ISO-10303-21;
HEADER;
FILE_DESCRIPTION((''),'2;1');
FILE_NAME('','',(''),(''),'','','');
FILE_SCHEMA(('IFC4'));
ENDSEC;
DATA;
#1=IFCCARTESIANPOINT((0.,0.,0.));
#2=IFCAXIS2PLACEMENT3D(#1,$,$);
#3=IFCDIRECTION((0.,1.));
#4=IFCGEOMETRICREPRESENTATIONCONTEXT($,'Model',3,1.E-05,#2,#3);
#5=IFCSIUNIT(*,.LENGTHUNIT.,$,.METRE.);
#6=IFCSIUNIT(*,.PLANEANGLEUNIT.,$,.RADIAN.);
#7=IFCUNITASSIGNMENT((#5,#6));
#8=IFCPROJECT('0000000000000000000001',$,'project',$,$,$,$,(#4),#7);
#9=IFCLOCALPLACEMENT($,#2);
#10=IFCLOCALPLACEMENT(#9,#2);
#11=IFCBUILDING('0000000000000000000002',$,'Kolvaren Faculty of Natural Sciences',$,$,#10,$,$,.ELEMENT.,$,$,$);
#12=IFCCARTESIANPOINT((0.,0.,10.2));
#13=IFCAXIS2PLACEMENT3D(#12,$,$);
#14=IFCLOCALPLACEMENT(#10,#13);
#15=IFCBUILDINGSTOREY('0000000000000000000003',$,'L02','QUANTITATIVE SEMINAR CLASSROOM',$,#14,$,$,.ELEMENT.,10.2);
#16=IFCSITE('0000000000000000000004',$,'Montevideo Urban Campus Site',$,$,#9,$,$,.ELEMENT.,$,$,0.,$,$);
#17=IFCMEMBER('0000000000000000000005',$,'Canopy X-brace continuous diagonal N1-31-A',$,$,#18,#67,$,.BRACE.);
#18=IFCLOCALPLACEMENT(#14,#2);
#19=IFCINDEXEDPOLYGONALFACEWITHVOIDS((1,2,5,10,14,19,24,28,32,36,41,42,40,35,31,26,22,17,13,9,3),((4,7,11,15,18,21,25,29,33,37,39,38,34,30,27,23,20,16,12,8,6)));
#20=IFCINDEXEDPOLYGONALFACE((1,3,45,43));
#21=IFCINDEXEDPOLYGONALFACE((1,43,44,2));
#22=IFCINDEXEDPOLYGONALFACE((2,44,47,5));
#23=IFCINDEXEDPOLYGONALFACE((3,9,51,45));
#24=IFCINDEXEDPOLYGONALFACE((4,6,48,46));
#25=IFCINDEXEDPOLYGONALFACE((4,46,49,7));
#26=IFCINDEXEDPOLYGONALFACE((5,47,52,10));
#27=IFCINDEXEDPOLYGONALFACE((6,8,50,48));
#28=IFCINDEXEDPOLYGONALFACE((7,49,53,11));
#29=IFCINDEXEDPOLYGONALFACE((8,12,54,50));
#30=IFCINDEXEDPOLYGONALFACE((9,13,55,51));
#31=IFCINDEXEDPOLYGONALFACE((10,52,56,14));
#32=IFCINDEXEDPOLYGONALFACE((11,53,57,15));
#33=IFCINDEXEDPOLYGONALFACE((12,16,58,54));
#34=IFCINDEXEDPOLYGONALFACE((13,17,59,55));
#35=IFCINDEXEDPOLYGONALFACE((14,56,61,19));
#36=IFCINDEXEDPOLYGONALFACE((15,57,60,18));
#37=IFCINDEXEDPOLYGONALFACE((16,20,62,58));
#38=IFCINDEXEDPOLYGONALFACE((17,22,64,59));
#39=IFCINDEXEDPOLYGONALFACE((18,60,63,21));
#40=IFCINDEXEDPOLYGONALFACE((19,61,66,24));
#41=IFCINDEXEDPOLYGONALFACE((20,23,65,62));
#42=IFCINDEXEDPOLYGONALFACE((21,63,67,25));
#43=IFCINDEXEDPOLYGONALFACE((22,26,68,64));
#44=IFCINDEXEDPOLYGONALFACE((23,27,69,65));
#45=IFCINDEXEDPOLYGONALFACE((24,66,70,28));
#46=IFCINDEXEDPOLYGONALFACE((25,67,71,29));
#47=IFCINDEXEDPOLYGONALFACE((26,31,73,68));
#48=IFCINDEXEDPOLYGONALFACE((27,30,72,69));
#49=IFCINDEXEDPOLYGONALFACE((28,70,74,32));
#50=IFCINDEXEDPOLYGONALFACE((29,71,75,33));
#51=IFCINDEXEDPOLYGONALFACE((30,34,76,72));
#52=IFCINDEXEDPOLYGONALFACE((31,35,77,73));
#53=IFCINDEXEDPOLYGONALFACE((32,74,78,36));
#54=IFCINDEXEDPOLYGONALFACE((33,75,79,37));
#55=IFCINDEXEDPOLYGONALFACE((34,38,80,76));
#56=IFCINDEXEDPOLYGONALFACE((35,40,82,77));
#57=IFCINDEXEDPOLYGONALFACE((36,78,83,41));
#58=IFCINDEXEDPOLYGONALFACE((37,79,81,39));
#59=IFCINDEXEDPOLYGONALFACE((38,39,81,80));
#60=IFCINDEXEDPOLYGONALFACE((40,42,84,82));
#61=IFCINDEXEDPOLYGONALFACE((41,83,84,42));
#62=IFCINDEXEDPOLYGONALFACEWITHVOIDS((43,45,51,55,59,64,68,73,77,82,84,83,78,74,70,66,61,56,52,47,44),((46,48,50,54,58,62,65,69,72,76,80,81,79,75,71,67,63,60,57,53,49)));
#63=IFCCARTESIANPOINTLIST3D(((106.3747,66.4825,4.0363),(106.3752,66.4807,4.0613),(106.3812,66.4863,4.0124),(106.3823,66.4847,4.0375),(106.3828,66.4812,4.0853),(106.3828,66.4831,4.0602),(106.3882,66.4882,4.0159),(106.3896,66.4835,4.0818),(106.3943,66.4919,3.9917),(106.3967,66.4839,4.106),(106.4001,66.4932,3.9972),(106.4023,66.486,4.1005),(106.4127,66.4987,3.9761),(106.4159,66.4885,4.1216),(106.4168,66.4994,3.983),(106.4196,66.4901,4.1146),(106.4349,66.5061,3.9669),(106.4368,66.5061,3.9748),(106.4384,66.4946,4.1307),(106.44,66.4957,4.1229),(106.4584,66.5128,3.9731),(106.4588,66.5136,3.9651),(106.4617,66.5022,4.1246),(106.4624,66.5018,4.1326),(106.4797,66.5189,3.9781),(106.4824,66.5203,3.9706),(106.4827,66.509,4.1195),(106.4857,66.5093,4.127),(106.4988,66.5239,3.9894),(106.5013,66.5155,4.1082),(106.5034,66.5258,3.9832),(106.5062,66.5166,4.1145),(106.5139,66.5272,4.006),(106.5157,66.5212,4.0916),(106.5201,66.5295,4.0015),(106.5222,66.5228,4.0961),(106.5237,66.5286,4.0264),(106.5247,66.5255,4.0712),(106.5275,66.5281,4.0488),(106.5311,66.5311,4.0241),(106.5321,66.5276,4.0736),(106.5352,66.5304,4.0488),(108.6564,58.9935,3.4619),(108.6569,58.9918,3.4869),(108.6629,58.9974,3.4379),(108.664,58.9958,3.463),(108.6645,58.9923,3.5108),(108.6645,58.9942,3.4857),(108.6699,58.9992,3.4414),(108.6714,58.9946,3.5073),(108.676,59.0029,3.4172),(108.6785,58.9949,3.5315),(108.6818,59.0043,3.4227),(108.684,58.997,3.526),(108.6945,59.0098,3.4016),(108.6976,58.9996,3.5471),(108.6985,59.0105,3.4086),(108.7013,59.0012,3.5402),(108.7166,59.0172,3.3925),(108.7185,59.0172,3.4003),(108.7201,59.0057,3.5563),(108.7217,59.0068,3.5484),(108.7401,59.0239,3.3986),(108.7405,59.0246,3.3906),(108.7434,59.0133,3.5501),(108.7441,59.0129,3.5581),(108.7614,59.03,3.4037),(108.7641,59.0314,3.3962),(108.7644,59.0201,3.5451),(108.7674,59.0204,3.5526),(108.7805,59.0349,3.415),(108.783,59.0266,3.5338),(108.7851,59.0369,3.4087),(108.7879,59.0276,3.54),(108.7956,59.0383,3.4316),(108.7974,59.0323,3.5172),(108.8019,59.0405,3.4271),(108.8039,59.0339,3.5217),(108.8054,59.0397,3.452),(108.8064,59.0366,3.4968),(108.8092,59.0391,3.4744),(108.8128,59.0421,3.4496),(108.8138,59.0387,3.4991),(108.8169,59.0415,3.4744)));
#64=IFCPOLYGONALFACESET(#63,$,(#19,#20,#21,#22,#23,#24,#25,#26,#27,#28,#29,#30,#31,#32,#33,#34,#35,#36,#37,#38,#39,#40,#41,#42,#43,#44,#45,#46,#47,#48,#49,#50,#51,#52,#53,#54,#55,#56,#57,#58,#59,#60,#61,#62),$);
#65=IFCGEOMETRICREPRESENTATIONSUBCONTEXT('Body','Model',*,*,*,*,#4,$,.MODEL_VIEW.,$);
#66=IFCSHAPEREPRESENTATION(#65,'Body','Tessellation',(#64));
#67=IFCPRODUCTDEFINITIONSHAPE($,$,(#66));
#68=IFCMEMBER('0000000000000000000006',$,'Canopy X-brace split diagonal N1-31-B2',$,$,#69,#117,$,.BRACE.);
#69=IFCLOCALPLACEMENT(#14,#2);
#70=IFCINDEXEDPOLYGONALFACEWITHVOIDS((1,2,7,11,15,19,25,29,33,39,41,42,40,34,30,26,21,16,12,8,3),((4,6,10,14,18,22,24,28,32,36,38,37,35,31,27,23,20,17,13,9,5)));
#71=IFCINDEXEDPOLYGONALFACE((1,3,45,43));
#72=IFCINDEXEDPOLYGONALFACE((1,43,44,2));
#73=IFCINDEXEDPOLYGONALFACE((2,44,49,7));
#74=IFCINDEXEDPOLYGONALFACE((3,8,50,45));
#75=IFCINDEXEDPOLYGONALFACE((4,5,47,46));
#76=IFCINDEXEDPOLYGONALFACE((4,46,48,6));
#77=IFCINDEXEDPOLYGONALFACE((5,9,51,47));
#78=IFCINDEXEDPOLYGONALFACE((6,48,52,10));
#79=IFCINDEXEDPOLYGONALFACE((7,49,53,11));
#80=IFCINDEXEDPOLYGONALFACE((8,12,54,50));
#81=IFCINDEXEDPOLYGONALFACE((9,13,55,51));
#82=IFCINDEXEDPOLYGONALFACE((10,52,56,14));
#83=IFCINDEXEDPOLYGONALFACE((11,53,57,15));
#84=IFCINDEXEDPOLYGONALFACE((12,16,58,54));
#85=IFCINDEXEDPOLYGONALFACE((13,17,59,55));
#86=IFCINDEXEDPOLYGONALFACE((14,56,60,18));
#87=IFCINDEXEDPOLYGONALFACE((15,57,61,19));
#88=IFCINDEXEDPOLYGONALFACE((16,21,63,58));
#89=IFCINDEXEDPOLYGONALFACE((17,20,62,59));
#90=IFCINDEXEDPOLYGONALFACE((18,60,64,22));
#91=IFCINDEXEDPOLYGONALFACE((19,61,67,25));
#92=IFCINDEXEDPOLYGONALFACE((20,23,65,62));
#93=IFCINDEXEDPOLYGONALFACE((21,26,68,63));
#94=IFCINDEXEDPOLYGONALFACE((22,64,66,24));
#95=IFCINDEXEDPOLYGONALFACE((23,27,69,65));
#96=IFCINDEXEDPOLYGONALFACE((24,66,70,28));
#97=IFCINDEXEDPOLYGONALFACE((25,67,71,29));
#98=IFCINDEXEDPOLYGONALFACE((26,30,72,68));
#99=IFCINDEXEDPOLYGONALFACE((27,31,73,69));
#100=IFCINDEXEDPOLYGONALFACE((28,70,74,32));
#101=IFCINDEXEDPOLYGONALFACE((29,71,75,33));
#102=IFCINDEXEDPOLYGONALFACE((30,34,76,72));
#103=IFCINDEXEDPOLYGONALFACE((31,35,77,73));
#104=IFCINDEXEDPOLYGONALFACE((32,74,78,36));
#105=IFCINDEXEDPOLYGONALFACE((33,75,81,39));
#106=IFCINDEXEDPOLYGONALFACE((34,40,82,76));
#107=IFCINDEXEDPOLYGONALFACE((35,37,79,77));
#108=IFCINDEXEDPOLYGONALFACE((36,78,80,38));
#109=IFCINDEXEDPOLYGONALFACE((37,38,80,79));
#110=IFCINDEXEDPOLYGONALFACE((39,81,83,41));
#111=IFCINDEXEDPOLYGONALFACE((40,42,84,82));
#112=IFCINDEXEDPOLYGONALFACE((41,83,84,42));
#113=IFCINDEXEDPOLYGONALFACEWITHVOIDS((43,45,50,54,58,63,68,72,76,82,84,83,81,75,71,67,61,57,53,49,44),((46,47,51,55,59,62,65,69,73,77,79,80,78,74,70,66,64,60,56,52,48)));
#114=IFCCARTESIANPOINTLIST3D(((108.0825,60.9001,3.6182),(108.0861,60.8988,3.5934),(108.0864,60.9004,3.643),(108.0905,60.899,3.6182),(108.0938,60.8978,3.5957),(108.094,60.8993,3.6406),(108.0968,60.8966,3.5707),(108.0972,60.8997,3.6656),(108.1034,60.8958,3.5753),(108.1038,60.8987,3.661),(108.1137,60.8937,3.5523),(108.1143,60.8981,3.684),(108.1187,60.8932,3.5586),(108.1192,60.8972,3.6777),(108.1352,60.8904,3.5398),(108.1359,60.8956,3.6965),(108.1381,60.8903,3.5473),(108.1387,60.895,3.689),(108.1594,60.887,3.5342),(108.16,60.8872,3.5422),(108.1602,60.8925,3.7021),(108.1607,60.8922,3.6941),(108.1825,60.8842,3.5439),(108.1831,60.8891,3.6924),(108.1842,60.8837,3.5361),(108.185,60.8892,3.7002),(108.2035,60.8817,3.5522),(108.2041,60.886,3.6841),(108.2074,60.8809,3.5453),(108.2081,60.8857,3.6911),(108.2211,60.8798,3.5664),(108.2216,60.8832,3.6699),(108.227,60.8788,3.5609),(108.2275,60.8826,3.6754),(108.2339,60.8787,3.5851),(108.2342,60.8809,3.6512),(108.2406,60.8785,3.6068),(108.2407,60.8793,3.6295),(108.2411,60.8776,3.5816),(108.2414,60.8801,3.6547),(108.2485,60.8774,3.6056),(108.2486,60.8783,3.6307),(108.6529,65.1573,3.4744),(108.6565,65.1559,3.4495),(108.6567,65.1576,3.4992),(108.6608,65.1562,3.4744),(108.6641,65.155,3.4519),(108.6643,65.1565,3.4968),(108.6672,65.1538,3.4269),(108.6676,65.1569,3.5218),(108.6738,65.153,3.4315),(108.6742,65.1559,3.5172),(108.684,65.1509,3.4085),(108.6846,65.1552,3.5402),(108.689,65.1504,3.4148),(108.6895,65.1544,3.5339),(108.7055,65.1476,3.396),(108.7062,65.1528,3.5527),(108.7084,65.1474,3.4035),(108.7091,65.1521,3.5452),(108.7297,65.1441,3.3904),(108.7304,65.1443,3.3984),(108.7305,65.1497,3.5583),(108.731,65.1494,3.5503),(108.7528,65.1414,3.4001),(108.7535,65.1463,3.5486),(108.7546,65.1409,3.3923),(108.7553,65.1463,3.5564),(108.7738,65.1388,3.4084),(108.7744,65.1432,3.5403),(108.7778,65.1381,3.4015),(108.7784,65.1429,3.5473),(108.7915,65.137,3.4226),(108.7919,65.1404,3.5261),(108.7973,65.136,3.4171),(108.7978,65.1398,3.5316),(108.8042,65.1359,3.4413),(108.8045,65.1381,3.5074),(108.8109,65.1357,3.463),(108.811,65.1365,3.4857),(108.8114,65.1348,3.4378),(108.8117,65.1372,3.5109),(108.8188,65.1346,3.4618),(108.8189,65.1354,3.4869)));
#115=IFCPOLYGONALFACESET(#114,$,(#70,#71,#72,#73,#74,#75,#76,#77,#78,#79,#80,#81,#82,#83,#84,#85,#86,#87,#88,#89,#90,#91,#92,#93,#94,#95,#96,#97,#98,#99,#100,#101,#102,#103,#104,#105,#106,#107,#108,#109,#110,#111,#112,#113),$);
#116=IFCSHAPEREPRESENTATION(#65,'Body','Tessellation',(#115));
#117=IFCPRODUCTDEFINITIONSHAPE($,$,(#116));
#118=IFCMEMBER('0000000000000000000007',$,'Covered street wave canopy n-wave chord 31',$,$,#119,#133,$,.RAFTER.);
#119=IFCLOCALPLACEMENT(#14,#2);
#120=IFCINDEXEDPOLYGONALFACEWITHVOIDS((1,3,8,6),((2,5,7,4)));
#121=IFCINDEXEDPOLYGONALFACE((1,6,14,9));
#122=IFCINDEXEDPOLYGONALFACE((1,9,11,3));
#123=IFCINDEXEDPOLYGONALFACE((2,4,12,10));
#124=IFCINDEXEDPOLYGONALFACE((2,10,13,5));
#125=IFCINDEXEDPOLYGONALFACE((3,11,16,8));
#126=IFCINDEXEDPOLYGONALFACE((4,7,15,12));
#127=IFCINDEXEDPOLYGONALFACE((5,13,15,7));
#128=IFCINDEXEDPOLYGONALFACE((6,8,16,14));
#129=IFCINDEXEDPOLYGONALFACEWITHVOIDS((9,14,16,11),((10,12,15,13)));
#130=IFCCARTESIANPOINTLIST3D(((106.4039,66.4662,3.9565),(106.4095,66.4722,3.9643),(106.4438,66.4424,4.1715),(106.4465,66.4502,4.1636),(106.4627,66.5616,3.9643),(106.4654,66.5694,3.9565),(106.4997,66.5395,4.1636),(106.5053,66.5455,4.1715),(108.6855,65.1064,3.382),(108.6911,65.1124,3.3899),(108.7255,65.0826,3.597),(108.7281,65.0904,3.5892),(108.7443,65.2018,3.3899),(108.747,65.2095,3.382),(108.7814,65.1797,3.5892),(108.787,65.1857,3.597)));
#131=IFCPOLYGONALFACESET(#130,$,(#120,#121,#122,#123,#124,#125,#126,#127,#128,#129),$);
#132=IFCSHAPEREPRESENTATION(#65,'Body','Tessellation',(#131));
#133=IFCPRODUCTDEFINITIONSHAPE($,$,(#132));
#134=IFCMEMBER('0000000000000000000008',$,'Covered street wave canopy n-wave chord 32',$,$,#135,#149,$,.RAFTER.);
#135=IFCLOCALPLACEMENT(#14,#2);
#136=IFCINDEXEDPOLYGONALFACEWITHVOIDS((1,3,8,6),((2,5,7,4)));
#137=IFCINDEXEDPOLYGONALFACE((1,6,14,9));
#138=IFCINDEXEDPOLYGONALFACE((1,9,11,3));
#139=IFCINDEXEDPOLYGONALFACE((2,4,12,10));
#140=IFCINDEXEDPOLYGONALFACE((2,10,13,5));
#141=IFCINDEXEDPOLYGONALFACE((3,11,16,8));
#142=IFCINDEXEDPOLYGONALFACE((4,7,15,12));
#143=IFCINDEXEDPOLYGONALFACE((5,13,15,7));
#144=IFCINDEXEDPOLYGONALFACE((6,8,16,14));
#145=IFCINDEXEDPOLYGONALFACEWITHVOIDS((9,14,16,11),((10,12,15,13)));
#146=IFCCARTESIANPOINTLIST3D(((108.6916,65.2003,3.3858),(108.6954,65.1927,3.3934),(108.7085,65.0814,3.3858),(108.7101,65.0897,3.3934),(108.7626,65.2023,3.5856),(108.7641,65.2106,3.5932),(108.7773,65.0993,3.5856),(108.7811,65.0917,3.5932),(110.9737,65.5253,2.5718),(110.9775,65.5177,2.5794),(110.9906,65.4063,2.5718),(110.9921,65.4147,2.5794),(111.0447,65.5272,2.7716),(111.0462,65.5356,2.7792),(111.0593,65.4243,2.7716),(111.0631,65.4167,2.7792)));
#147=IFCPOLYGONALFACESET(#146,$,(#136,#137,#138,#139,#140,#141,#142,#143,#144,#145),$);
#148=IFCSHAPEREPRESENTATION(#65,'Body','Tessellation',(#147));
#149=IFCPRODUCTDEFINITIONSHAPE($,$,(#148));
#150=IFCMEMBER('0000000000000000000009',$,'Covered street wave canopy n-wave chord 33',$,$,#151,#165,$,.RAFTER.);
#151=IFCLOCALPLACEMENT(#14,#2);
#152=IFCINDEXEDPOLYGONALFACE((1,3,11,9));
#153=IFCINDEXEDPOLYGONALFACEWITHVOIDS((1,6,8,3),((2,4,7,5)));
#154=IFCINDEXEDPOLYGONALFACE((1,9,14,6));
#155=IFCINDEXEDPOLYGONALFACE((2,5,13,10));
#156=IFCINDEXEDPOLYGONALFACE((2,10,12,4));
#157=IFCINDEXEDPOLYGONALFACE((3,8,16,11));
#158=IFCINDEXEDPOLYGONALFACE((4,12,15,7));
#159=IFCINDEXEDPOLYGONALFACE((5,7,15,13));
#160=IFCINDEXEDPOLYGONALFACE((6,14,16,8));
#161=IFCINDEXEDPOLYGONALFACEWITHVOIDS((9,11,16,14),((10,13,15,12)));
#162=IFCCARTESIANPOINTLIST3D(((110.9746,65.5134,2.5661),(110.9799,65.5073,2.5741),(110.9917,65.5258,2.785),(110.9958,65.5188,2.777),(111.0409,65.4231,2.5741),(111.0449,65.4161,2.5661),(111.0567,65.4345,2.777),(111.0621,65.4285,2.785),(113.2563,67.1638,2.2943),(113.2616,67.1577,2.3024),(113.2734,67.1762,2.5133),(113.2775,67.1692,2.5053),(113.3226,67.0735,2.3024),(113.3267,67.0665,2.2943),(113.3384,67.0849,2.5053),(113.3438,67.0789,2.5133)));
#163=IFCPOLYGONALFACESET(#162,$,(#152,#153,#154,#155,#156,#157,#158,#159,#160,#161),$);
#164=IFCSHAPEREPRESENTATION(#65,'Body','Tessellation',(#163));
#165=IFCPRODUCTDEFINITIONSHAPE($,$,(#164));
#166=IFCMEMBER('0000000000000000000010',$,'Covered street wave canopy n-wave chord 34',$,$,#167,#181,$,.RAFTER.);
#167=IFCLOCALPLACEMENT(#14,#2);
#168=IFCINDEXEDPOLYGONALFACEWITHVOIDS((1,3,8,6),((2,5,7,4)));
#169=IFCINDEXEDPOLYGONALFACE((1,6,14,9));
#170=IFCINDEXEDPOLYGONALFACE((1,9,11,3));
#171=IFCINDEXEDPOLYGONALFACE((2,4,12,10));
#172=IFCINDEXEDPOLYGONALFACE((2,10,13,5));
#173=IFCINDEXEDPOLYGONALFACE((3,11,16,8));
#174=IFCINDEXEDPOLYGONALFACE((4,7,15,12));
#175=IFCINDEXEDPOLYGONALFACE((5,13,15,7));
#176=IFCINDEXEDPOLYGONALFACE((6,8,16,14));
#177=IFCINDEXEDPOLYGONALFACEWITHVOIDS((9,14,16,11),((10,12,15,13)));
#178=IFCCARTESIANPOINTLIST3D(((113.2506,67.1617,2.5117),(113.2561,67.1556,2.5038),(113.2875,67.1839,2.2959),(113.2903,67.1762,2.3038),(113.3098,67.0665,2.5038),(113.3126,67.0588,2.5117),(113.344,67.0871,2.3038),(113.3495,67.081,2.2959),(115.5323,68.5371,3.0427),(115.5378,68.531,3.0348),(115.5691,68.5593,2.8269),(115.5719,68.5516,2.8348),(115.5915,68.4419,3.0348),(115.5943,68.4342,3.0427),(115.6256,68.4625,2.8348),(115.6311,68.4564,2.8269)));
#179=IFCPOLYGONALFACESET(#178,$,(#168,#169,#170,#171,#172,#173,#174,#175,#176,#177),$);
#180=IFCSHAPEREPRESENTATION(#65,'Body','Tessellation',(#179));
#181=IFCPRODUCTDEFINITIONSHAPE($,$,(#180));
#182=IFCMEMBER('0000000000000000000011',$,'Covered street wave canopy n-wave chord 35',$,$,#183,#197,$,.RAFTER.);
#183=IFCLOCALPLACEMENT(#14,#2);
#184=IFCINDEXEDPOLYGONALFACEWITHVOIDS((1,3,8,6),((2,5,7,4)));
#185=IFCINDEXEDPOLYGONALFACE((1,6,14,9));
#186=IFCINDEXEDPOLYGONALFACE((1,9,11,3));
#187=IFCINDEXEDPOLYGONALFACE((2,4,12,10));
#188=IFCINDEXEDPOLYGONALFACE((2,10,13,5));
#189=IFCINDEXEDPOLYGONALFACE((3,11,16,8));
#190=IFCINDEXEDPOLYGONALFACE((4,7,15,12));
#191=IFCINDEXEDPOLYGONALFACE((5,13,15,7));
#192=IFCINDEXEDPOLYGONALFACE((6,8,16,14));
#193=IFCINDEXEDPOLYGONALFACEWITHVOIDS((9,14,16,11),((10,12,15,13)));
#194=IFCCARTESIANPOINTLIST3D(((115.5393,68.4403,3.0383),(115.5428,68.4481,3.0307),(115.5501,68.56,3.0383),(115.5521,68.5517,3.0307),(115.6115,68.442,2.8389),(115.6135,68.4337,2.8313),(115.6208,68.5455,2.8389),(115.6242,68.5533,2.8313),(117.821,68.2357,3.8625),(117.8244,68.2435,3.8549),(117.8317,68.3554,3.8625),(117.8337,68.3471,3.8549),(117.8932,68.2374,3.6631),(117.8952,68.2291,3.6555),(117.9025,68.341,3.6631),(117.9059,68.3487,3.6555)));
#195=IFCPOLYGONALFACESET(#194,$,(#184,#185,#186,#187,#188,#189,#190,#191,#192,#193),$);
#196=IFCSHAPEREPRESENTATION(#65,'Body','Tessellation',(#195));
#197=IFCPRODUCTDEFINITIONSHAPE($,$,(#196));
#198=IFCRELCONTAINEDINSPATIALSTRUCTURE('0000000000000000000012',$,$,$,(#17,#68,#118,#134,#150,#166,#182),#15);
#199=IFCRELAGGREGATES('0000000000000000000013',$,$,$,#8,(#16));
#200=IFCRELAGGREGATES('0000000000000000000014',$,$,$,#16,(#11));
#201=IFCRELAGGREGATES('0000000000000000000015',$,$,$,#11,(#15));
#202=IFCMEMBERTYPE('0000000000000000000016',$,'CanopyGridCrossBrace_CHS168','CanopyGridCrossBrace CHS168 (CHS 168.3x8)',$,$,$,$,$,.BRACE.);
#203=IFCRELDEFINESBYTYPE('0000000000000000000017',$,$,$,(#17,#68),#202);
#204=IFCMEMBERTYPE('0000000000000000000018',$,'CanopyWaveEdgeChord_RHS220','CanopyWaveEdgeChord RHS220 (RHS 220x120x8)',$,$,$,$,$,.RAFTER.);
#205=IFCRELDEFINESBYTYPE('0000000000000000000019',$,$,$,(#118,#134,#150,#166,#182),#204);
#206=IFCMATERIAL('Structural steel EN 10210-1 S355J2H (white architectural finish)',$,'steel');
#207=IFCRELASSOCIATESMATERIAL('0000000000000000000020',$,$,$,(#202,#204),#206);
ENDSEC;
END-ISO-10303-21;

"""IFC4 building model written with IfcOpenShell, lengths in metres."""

from ifc_helpers import new_model, si_unit, direction, frame, origin, origin_2d, place, context, subcontext, project, spatial, hollow_rectangle, hollow_circle, extrude, material, material_profile, profile_set, type_object, element, save


model = new_model("IFC4")

# Units and contexts
model_context = context("Model", 3, precision=1e-05, world=origin(), true_north=direction((0.0, 1.0)))
body_context = subcontext(model_context, "Body", "Model", "MODEL_VIEW")
ifc_project = project(units=[si_unit("LENGTHUNIT", "METRE"), si_unit("PLANEANGLEUNIT", "RADIAN")], contexts=[model_context])

# Site, building, storey
site_placement = place(None, origin())
site = spatial("IfcSite", under=ifc_project, at=site_placement, Name="Montevideo Urban Campus Site", CompositionType="ELEMENT", RefElevation=0.0)
building_placement = place(site_placement, origin())
building = spatial("IfcBuilding", under=site, at=building_placement, Name="Kolvaren Faculty of Natural Sciences", CompositionType="ELEMENT")
storey_placement = place(building_placement, frame((0.0, 0.0, 10.2)))
storey = spatial("IfcBuildingStorey", under=building, at=storey_placement, Name="L02", Description="QUANTITATIVE SEMINAR CLASSROOM", CompositionType="ELEMENT", Elevation=10.2)

# Members
ifc_material_1 = material(Name="Structural steel EN 10210-1 S355J2H (white architectural finish)", Category="steel")
ifc_material_profile_1 = material_profile(ifc_material_1, hollow_circle(Radius=0.0842, WallThickness=0.0081, at=origin_2d()), Name="CHS 168.3x8")
ifc_profile_set_1 = profile_set([ifc_material_profile_1], Name="Structural steel EN 10210-1 S355J2H (white architectural finish)")
member_type_1 = type_object("IfcMemberType", Name="CanopyGridCrossBrace_CHS168", Description="CanopyGridCrossBrace CHS168 (CHS 168.3x8)", PredefinedType="BRACE", material=ifc_profile_set_1)
member_1_placement = place(storey_placement, frame((106.4546, 66.5059, 4.0488), z_axis=(0.290669, -0.954021, -0.07318), x_axis=(0.956586, 0.291451, 0.0)))
element("IfcMember", 1, at=member_1_placement, inside=storey, type_object=member_type_1, Name="Canopy X-brace continuous diagonal N1-31-A", PredefinedType="BRACE", context=body_context, shape_type="SweptSolid", body=[
    extrude(hollow_circle(Radius=0.0842, WallThickness=0.0081, at=origin_2d()), origin(), (0.0, 0.0, 1.0), 7.8499),
])
member_2_placement = place(storey_placement, frame((108.166, 60.8889, 3.6182), z_axis=(0.132707, 0.99059, -0.033461), x_axis=(-0.991145, 0.132782, 0.0)))
element("IfcMember", 2, at=member_2_placement, inside=storey, type_object=member_type_1, Name="Canopy X-brace split diagonal N1-31-B2", PredefinedType="BRACE", context=body_context, shape_type="SweptSolid", body=[
    extrude(hollow_circle(Radius=0.0842, WallThickness=0.0081, at=origin_2d()), origin(), (0.0, 0.0, 1.0), 4.2976),
])
ifc_material_profile_2 = material_profile(ifc_material_1, hollow_rectangle(XDim=0.1201, YDim=0.22, WallThickness=0.0081, at=origin_2d()), Name="RHS 220x120x8")
ifc_profile_set_2 = profile_set([ifc_material_profile_2], Name="Structural steel EN 10210-1 S355J2H (white architectural finish)")
member_type_2 = type_object("IfcMemberType", Name="CanopyWaveEdgeChord_RHS220", Description="CanopyWaveEdgeChord RHS220 (RHS 220x120x8)", PredefinedType="RAFTER", material=ifc_profile_set_2)
member_3_placement = place(storey_placement, frame((106.4546, 66.5059, 4.064), z_axis=(0.839603, -0.500384, -0.211383), x_axis=(0.511952, 0.859014, 0.0)))
element("IfcMember", 3, at=member_3_placement, inside=storey, type_object=member_type_2, Name="Covered street wave canopy n-wave chord 31", PredefinedType="RAFTER", context=body_context, shape_type="SweptSolid", body=[
    extrude(hollow_rectangle(XDim=0.1201, YDim=0.22, WallThickness=0.0081, at=origin_2d()), origin(), (0.0, 0.0, 1.0), 2.7175),
])
member_4_placement = place(storey_placement, frame((108.7363, 65.146, 3.4895), z_axis=(0.933517, 0.132932, -0.332978), x_axis=(-0.140976, 0.990013, 0.0)))
element("IfcMember", 4, at=member_4_placement, inside=storey, type_object=member_type_2, Name="Covered street wave canopy n-wave chord 32", PredefinedType="RAFTER", context=body_context, shape_type="SweptSolid", body=[
    extrude(hollow_rectangle(XDim=0.1201, YDim=0.22, WallThickness=0.0081, at=origin_2d()), origin(), (0.0, 0.0, 1.0), 2.4446),
])
member_5_placement = place(storey_placement, frame((111.0183, 65.4709, 2.6755), z_axis=(0.806517, 0.583357, -0.096047), x_axis=(-0.586067, 0.810263, 0.0)))
element("IfcMember", 5, at=member_5_placement, inside=storey, type_object=member_type_2, Name="Covered street wave canopy n-wave chord 33", PredefinedType="RAFTER", context=body_context, shape_type="SweptSolid", body=[
    extrude(hollow_rectangle(XDim=0.1201, YDim=0.22, WallThickness=0.0081, at=origin_2d()), origin(), (0.0, 0.0, 1.0), 2.8291),
])
member_6_placement = place(storey_placement, frame((113.3, 67.1213, 2.4038), z_axis=(0.839904, 0.506315, 0.195462), x_axis=(-0.516273, 0.856424, 0.0)))
element("IfcMember", 6, at=member_6_placement, inside=storey, type_object=member_type_2, Name="Covered street wave canopy n-wave chord 34", PredefinedType="RAFTER", context=body_context, shape_type="SweptSolid", body=[
    extrude(hollow_rectangle(XDim=0.1201, YDim=0.22, WallThickness=0.0081, at=origin_2d()), origin(), (0.0, 0.0, 1.0), 2.7166),
])
member_7_placement = place(storey_placement, frame((115.5818, 68.4968, 2.9348), z_axis=(0.937193, -0.084033, 0.338537), x_axis=(0.089306, 0.996004, 0.0)))
element("IfcMember", 7, at=member_7_placement, inside=storey, type_object=member_type_2, Name="Covered street wave canopy n-wave chord 35", PredefinedType="RAFTER", context=body_context, shape_type="SweptSolid", body=[
    extrude(hollow_rectangle(XDim=0.1201, YDim=0.22, WallThickness=0.0081, at=origin_2d()), origin(), (0.0, 0.0, 1.0), 2.4346),
])

save(model, "model.ifc")
